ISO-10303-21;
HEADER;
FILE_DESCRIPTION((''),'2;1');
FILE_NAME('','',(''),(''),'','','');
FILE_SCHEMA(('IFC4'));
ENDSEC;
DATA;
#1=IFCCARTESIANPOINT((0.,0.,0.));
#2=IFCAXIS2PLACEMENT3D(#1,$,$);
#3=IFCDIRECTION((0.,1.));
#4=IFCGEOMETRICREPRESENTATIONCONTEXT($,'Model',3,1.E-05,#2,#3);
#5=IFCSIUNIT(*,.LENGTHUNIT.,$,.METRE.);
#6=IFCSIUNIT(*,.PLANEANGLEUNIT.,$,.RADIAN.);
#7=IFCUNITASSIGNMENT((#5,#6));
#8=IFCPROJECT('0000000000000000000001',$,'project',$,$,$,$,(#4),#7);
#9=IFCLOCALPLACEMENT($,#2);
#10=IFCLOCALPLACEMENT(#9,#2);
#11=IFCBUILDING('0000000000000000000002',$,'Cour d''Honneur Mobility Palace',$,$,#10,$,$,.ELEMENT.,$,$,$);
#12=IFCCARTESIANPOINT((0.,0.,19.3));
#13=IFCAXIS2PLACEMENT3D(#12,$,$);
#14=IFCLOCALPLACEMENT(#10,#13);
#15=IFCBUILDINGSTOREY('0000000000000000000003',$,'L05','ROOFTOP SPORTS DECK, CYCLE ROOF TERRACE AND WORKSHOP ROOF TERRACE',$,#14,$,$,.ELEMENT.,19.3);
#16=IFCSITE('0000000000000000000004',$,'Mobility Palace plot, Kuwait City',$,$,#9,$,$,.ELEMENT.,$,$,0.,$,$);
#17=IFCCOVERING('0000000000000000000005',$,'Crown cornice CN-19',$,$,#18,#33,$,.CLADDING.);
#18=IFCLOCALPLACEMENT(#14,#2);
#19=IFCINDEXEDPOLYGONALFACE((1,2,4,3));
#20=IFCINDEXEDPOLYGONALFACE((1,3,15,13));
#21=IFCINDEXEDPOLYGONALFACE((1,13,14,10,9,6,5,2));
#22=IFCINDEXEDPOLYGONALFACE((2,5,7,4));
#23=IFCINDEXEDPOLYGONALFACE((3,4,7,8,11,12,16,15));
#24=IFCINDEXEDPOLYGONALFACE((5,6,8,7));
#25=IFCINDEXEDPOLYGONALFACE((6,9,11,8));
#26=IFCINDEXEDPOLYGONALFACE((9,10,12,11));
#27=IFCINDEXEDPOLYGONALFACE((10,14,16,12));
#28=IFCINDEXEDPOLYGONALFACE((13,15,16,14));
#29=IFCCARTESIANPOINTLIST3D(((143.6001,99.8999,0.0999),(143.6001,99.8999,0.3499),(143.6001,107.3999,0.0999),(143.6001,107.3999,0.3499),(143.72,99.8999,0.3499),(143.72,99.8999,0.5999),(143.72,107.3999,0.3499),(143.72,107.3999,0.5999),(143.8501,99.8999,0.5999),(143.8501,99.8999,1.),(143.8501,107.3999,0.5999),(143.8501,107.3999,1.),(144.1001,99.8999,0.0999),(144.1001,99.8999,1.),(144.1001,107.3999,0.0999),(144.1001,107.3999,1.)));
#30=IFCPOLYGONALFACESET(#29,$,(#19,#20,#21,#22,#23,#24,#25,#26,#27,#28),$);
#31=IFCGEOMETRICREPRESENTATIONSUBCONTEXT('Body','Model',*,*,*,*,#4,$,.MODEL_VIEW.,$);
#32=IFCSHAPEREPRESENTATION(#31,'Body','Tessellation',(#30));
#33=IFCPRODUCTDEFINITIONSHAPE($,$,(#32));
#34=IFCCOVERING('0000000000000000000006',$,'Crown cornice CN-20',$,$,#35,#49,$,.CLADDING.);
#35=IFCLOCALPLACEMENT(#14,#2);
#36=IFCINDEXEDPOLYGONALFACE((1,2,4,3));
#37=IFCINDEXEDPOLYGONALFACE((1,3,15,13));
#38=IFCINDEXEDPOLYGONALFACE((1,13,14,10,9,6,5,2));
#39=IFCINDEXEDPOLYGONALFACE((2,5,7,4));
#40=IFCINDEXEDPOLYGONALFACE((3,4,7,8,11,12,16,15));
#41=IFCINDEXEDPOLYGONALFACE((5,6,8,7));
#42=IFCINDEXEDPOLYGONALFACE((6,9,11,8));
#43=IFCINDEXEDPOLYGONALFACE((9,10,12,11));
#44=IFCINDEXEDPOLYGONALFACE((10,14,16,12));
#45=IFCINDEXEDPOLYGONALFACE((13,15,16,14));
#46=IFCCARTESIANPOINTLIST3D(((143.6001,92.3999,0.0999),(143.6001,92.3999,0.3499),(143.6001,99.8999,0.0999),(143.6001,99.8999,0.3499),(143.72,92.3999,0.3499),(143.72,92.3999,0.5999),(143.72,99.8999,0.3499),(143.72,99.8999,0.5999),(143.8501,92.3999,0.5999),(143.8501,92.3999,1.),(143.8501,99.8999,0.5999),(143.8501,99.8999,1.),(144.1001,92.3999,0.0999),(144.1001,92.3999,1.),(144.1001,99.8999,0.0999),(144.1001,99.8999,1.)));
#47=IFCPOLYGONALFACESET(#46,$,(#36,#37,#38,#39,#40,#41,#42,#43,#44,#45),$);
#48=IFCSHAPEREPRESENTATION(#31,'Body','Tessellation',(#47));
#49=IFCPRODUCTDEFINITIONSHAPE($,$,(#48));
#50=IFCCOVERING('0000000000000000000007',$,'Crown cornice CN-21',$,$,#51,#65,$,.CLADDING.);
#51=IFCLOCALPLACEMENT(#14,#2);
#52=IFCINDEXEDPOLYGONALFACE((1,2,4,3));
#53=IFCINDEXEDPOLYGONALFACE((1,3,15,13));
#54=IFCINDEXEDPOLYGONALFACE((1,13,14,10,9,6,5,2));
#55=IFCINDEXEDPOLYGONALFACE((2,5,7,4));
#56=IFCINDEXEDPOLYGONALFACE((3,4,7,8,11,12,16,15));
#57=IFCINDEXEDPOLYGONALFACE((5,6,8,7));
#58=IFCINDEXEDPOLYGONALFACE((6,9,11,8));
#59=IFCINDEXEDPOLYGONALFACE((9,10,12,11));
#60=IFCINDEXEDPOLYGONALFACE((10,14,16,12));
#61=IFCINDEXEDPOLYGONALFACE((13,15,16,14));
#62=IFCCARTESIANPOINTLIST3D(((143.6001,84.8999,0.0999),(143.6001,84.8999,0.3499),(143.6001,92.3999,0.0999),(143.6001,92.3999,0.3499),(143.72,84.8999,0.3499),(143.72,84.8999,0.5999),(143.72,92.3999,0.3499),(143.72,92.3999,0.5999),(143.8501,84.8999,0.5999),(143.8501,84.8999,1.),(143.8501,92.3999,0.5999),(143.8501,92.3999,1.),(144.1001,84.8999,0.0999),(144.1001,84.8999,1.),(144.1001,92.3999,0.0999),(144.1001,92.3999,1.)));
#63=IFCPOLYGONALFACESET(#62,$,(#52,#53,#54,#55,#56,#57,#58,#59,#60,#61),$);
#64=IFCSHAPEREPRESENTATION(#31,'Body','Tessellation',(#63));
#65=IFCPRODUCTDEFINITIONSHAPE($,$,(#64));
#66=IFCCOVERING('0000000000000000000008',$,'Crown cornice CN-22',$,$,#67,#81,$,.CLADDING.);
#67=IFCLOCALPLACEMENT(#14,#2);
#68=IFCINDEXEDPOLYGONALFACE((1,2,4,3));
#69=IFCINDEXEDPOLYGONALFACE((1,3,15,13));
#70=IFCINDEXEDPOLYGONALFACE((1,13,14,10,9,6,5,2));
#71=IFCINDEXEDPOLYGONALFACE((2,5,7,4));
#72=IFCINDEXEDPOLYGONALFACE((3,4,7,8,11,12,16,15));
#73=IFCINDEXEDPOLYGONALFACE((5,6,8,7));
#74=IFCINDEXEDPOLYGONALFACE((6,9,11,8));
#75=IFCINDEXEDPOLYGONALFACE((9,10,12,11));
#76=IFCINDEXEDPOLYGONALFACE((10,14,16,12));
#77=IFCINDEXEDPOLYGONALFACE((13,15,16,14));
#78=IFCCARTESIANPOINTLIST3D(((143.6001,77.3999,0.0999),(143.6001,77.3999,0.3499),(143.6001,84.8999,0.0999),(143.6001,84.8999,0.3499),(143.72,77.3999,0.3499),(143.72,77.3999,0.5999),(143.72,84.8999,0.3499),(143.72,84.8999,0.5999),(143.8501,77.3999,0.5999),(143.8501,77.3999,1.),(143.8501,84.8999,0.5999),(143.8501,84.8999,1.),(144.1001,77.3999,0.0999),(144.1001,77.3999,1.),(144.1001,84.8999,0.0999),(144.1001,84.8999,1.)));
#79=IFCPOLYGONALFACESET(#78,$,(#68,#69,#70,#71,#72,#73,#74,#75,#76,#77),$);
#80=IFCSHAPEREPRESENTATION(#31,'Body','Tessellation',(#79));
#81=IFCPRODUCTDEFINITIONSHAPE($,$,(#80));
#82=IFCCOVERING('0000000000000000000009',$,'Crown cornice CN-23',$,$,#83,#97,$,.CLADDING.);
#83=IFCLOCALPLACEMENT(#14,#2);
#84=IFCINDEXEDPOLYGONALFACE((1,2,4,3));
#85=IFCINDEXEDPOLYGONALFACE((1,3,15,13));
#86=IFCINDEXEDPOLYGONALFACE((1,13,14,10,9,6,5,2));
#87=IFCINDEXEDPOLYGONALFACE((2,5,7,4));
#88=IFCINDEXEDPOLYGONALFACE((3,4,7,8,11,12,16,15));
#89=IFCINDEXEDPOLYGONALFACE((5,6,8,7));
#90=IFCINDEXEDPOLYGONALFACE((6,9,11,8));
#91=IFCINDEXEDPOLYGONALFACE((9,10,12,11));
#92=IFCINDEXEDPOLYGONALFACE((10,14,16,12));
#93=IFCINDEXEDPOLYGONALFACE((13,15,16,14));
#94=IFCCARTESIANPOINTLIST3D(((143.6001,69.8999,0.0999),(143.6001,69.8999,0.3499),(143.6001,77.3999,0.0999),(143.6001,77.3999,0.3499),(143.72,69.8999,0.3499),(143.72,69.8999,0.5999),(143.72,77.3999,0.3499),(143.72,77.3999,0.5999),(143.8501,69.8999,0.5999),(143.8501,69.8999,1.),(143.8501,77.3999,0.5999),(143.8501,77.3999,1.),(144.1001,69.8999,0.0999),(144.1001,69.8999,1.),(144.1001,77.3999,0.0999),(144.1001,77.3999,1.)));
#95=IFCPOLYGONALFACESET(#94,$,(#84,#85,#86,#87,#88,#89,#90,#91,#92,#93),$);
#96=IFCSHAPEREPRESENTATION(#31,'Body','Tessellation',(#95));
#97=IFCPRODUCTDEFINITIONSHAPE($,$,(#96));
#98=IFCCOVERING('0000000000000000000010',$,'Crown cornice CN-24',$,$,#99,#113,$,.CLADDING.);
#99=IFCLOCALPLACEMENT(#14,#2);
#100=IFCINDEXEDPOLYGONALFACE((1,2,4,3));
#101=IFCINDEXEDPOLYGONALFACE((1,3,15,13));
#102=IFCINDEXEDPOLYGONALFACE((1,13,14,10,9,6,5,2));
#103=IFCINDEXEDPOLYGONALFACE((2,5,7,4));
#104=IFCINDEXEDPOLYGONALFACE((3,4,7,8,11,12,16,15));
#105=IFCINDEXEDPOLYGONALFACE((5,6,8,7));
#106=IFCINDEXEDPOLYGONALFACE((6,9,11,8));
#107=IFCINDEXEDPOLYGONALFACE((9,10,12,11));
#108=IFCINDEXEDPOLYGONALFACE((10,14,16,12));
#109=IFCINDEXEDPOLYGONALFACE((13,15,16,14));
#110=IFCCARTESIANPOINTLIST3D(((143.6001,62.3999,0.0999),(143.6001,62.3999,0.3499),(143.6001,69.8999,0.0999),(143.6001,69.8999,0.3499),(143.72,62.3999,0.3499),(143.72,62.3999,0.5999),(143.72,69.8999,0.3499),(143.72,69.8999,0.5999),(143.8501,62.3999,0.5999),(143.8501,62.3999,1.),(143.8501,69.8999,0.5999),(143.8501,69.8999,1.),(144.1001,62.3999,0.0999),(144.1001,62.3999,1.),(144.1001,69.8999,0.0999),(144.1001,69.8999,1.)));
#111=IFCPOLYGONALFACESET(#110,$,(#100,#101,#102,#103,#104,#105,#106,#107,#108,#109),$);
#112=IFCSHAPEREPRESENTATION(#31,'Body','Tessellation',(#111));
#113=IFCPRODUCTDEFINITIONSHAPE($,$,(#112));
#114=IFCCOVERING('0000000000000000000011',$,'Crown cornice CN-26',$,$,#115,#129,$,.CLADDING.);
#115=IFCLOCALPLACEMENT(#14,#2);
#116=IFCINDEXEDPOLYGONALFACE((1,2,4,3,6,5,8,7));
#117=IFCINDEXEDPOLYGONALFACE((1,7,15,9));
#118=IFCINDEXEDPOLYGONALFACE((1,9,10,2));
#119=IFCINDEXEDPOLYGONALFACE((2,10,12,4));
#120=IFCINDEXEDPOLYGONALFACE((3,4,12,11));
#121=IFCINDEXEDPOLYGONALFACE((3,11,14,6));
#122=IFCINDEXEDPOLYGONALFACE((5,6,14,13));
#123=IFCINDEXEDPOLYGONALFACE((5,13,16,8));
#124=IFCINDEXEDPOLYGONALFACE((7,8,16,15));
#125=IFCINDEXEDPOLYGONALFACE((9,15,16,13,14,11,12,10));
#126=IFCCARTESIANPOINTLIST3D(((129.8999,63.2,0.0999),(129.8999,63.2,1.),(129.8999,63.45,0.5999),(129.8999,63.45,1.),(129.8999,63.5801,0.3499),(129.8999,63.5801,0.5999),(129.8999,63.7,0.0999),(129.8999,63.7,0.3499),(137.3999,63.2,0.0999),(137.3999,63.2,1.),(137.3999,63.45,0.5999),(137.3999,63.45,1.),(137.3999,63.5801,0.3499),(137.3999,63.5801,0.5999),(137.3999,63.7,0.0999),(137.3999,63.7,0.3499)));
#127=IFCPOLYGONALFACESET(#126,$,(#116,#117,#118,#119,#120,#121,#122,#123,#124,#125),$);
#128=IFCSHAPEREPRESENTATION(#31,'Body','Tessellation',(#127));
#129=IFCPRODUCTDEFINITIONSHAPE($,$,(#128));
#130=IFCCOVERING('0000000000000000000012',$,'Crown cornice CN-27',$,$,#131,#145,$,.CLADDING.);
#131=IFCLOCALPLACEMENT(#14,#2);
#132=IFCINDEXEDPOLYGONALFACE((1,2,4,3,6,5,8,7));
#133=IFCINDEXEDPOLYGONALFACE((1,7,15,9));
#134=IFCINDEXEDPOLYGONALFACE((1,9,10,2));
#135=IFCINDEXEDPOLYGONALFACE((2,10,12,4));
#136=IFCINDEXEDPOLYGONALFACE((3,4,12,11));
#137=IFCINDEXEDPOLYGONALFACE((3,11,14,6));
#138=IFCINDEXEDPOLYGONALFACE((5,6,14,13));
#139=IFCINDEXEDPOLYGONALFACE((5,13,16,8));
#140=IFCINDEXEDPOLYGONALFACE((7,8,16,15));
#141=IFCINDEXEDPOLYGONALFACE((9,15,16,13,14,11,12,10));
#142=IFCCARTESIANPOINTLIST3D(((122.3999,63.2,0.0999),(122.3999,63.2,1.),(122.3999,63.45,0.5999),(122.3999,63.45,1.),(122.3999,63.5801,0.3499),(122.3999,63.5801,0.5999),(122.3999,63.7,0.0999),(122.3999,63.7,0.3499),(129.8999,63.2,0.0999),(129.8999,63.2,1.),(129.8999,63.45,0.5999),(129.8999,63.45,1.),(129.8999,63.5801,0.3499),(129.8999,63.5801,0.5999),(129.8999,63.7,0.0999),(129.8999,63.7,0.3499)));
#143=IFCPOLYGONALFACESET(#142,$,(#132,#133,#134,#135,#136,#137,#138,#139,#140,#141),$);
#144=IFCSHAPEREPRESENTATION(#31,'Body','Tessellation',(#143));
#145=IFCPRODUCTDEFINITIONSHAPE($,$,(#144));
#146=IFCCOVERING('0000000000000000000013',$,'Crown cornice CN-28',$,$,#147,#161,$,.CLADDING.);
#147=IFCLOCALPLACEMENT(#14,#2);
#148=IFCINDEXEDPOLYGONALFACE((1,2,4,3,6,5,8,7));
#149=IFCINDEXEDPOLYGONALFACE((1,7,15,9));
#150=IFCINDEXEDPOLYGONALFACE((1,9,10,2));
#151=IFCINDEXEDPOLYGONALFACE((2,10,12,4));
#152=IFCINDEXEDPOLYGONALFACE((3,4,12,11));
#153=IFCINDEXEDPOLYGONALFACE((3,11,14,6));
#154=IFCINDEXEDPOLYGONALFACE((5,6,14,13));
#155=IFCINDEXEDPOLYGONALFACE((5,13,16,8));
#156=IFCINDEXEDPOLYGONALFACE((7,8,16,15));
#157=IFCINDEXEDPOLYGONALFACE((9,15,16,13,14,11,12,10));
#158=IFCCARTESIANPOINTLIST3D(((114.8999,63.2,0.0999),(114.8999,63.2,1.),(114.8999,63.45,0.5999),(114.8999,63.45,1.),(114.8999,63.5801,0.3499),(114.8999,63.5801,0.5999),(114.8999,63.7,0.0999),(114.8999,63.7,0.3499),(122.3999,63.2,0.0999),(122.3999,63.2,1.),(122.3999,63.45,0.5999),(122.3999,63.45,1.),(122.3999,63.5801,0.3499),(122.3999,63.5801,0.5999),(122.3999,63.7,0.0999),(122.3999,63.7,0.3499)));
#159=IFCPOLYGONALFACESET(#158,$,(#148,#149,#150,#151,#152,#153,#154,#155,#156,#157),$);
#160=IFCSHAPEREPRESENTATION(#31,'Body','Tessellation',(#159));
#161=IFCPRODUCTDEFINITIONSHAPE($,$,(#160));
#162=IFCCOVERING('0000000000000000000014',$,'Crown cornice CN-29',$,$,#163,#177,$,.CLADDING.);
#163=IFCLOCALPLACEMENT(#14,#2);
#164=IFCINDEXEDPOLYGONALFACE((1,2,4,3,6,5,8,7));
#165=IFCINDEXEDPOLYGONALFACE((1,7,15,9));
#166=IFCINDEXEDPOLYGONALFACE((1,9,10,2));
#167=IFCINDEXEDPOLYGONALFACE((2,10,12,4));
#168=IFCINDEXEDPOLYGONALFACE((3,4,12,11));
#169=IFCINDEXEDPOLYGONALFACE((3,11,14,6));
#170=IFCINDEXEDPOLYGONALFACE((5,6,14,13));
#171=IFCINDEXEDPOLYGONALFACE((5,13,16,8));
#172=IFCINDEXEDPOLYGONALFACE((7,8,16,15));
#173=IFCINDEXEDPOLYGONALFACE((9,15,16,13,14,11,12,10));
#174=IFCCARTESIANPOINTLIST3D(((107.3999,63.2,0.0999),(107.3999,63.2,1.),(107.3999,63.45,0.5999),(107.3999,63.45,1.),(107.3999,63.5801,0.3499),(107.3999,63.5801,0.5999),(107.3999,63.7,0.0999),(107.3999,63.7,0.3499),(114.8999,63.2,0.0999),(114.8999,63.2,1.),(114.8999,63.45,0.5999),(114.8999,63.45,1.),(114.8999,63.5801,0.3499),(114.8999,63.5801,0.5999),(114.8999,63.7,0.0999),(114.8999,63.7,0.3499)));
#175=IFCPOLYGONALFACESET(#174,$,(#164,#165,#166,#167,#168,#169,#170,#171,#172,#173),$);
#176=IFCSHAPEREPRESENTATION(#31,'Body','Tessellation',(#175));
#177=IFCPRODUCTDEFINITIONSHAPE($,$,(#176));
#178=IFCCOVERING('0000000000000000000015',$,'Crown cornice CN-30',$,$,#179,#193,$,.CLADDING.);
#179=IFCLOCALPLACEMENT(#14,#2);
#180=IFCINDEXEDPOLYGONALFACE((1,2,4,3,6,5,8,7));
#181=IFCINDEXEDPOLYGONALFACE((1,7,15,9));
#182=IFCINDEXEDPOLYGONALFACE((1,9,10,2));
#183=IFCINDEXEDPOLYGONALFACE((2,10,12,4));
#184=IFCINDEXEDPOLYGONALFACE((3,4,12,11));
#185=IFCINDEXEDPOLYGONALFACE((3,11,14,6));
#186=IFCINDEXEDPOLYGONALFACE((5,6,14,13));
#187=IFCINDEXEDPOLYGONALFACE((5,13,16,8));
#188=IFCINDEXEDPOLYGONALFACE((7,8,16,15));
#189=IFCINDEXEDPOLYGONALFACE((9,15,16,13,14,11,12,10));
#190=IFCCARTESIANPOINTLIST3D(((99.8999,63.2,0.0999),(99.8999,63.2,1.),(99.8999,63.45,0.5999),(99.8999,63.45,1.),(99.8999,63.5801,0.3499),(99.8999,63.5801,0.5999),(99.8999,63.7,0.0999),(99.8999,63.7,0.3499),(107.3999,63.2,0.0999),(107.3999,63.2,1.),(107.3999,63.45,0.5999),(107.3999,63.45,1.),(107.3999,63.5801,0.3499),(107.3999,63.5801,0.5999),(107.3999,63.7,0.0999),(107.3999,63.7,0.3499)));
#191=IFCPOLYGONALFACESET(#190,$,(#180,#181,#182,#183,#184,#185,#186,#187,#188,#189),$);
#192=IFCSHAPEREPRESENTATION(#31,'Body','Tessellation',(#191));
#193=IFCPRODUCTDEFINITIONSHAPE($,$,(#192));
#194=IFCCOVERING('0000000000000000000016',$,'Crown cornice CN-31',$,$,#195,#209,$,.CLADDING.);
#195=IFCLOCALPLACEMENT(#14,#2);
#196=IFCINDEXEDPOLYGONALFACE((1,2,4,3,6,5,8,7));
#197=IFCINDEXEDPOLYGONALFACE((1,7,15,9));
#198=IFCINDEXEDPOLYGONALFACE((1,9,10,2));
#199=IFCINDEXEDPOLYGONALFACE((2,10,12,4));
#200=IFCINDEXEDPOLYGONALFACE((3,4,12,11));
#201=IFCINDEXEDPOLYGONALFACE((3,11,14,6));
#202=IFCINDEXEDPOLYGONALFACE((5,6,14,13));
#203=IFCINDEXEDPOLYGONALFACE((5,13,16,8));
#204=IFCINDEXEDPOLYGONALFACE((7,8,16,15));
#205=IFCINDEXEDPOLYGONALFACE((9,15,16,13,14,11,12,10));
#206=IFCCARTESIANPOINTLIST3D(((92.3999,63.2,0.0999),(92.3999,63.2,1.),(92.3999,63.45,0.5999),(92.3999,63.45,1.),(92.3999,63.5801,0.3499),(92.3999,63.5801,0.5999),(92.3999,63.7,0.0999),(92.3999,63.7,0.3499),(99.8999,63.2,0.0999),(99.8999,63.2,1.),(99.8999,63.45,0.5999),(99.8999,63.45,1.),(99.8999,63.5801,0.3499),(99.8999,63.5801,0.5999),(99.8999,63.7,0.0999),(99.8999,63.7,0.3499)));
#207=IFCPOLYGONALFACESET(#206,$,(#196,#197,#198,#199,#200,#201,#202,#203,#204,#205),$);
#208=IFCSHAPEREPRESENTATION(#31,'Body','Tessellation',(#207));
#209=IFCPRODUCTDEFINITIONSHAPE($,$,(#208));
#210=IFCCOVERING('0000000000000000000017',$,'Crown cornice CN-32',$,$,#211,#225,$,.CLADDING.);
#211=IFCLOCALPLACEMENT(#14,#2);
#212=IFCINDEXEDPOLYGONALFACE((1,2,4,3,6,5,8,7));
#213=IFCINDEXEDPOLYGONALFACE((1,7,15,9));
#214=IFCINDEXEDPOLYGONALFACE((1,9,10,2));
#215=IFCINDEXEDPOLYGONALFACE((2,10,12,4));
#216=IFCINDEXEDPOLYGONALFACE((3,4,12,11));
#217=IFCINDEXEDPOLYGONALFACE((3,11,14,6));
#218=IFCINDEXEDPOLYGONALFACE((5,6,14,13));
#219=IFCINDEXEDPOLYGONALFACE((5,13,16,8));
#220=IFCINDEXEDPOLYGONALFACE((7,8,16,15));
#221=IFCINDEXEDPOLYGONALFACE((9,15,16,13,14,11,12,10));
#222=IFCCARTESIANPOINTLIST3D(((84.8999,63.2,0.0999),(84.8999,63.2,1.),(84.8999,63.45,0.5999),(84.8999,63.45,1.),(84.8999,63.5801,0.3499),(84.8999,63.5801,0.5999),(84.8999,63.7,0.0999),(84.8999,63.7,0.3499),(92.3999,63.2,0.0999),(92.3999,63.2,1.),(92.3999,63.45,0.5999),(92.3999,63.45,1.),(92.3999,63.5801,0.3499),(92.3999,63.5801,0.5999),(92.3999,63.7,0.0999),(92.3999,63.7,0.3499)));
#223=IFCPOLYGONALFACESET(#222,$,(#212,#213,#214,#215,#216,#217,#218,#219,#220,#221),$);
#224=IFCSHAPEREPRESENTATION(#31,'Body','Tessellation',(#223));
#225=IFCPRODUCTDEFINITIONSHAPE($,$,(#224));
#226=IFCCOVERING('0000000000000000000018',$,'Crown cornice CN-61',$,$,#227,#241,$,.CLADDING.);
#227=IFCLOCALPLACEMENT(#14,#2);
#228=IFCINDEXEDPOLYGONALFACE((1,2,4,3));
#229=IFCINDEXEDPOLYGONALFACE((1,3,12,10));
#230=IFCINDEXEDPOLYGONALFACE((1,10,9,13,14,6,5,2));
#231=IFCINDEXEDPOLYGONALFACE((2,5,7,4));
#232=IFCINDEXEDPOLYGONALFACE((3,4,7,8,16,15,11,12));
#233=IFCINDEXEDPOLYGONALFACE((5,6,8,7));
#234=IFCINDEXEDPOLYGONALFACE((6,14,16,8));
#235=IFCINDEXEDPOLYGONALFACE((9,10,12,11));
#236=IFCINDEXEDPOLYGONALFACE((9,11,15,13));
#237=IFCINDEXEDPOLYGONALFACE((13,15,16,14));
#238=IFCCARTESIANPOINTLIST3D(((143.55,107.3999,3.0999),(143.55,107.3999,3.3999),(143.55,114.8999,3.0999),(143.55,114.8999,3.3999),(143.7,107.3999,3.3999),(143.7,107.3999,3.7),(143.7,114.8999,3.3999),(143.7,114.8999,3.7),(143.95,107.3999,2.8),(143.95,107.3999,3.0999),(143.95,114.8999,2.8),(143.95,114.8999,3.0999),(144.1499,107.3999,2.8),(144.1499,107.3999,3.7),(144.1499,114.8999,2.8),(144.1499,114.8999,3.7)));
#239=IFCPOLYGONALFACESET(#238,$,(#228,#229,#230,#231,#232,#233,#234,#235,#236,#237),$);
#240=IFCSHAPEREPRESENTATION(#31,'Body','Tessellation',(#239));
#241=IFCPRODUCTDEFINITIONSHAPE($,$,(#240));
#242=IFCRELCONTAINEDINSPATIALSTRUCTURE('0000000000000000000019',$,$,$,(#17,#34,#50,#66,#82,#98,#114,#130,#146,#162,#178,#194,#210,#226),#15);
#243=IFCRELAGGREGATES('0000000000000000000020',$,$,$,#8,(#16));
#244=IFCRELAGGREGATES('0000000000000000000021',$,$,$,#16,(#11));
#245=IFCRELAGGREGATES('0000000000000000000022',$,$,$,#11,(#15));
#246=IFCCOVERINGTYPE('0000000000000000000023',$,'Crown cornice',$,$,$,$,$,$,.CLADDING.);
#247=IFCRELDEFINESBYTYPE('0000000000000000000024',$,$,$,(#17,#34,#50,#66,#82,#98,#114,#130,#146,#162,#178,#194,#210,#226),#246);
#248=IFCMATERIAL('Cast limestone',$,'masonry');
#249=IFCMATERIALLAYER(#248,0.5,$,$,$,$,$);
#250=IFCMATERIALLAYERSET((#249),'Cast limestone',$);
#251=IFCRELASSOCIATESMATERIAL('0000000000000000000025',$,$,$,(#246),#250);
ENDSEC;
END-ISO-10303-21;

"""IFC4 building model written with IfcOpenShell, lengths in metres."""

from ifc_helpers import new_model, si_unit, direction, frame, origin, place, context, subcontext, project, spatial, polyline, outline, extrude, material, layer, layer_set, type_object, element, save


model = new_model("IFC4")

# Units and contexts
model_context = context("Model", 3, precision=1e-05, world=origin(), true_north=direction((0.0, 1.0)))
body_context = subcontext(model_context, "Body", "Model", "MODEL_VIEW")
ifc_project = project(units=[si_unit("LENGTHUNIT", "METRE"), si_unit("PLANEANGLEUNIT", "RADIAN")], contexts=[model_context])

# Site, building, storey
site_placement = place(None, origin())
site = spatial("IfcSite", under=ifc_project, at=site_placement, Name="Mobility Palace plot, Kuwait City", CompositionType="ELEMENT", RefElevation=0.0)
building_placement = place(site_placement, origin())
building = spatial("IfcBuilding", under=site, at=building_placement, Name="Cour d'Honneur Mobility Palace", CompositionType="ELEMENT")
storey_placement = place(building_placement, frame((0.0, 0.0, 19.3)))
storey = spatial("IfcBuildingStorey", under=building, at=storey_placement, Name="L05", Description="ROOFTOP SPORTS DECK, CYCLE ROOF TERRACE AND WORKSHOP ROOF TERRACE", CompositionType="ELEMENT", Elevation=19.3)

# Coverings
ifc_material_1 = material(Name="Cast limestone", Category="masonry")
ifc_layer = layer(ifc_material_1, 0.5)
ifc_layer_set = layer_set([ifc_layer], Name="Cast limestone")
covering_type = type_object("IfcCoveringType", Name="Crown cornice", PredefinedType="CLADDING", material=ifc_layer_set)
for number, where, z_axis, x_axis, name in (
    (1, (144.1001, 107.3999, 0.0999), (0.0, 1.0, 0.0), (-1.0, 0.0, 0.0), "Crown cornice CN-19"),
    (2, (144.1001, 99.8999, 0.0999), (0.0, 1.0, 0.0), (-1.0, 0.0, 0.0), "Crown cornice CN-20"),
    (3, (144.1001, 92.3999, 0.0999), (0.0, 1.0, 0.0), (-1.0, 0.0, 0.0), "Crown cornice CN-21"),
    (4, (144.1001, 84.8999, 0.0999), (0.0, 1.0, 0.0), (-1.0, 0.0, 0.0), "Crown cornice CN-22"),
    (5, (144.1001, 77.3999, 0.0999), (0.0, 1.0, 0.0), (-1.0, 0.0, 0.0), "Crown cornice CN-23"),
    (6, (144.1001, 69.8999, 0.0999), (0.0, 1.0, 0.0), (-1.0, 0.0, 0.0), "Crown cornice CN-24"),
    (7, (137.3999, 63.2, 0.0999), (1.0, 0.0, 0.0), (0.0, 1.0, 0.0), "Crown cornice CN-26"),
    (8, (129.8999, 63.2, 0.0999), (1.0, 0.0, 0.0), (0.0, 1.0, 0.0), "Crown cornice CN-27"),
    (9, (122.3999, 63.2, 0.0999), (1.0, 0.0, 0.0), (0.0, 1.0, 0.0), "Crown cornice CN-28"),
    (10, (114.8999, 63.2, 0.0999), (1.0, 0.0, 0.0), (0.0, 1.0, 0.0), "Crown cornice CN-29"),
    (11, (107.3999, 63.2, 0.0999), (1.0, 0.0, 0.0), (0.0, 1.0, 0.0), "Crown cornice CN-30"),
    (12, (99.8999, 63.2, 0.0999), (1.0, 0.0, 0.0), (0.0, 1.0, 0.0), "Crown cornice CN-31"),
    (13, (92.3999, 63.2, 0.0999), (1.0, 0.0, 0.0), (0.0, 1.0, 0.0), "Crown cornice CN-32"),
):
    element("IfcCovering", number, at=place(storey_placement, frame(where, z_axis=z_axis, x_axis=x_axis)), inside=storey, type_object=covering_type, Name=name, PredefinedType="CLADDING", context=body_context, shape_type="SweptSolid", body=[
        extrude(outline(polyline([(0.0, 0.0), (0.5, 0.0), (0.5, 0.25), (0.3801, 0.25), (0.3801, 0.5), (0.25, 0.5), (0.25, 0.9001), (0.0, 0.9001), (0.0, 0.0)])), origin(), (0.0, 0.0, -1.0), 7.5),
    ])
covering_placement = place(storey_placement, frame((144.1499, 114.8999, 2.8), z_axis=(0.0, 1.0, 0.0), x_axis=(-1.0, 0.0, 0.0)))
element("IfcCovering", 14, at=covering_placement, inside=storey, type_object=covering_type, Name="Crown cornice CN-61", PredefinedType="CLADDING", context=body_context, shape_type="SweptSolid", body=[
    extrude(outline(polyline([(0.0, 0.0), (0.2, 0.0), (0.2, 0.2998), (0.5999, 0.2998), (0.5999, 0.5999), (0.45, 0.5999), (0.45, 0.8999), (0.0, 0.8999), (0.0, 0.0)])), origin(), (0.0, 0.0, -1.0), 7.5),
])

save(model, "model.ifc")
